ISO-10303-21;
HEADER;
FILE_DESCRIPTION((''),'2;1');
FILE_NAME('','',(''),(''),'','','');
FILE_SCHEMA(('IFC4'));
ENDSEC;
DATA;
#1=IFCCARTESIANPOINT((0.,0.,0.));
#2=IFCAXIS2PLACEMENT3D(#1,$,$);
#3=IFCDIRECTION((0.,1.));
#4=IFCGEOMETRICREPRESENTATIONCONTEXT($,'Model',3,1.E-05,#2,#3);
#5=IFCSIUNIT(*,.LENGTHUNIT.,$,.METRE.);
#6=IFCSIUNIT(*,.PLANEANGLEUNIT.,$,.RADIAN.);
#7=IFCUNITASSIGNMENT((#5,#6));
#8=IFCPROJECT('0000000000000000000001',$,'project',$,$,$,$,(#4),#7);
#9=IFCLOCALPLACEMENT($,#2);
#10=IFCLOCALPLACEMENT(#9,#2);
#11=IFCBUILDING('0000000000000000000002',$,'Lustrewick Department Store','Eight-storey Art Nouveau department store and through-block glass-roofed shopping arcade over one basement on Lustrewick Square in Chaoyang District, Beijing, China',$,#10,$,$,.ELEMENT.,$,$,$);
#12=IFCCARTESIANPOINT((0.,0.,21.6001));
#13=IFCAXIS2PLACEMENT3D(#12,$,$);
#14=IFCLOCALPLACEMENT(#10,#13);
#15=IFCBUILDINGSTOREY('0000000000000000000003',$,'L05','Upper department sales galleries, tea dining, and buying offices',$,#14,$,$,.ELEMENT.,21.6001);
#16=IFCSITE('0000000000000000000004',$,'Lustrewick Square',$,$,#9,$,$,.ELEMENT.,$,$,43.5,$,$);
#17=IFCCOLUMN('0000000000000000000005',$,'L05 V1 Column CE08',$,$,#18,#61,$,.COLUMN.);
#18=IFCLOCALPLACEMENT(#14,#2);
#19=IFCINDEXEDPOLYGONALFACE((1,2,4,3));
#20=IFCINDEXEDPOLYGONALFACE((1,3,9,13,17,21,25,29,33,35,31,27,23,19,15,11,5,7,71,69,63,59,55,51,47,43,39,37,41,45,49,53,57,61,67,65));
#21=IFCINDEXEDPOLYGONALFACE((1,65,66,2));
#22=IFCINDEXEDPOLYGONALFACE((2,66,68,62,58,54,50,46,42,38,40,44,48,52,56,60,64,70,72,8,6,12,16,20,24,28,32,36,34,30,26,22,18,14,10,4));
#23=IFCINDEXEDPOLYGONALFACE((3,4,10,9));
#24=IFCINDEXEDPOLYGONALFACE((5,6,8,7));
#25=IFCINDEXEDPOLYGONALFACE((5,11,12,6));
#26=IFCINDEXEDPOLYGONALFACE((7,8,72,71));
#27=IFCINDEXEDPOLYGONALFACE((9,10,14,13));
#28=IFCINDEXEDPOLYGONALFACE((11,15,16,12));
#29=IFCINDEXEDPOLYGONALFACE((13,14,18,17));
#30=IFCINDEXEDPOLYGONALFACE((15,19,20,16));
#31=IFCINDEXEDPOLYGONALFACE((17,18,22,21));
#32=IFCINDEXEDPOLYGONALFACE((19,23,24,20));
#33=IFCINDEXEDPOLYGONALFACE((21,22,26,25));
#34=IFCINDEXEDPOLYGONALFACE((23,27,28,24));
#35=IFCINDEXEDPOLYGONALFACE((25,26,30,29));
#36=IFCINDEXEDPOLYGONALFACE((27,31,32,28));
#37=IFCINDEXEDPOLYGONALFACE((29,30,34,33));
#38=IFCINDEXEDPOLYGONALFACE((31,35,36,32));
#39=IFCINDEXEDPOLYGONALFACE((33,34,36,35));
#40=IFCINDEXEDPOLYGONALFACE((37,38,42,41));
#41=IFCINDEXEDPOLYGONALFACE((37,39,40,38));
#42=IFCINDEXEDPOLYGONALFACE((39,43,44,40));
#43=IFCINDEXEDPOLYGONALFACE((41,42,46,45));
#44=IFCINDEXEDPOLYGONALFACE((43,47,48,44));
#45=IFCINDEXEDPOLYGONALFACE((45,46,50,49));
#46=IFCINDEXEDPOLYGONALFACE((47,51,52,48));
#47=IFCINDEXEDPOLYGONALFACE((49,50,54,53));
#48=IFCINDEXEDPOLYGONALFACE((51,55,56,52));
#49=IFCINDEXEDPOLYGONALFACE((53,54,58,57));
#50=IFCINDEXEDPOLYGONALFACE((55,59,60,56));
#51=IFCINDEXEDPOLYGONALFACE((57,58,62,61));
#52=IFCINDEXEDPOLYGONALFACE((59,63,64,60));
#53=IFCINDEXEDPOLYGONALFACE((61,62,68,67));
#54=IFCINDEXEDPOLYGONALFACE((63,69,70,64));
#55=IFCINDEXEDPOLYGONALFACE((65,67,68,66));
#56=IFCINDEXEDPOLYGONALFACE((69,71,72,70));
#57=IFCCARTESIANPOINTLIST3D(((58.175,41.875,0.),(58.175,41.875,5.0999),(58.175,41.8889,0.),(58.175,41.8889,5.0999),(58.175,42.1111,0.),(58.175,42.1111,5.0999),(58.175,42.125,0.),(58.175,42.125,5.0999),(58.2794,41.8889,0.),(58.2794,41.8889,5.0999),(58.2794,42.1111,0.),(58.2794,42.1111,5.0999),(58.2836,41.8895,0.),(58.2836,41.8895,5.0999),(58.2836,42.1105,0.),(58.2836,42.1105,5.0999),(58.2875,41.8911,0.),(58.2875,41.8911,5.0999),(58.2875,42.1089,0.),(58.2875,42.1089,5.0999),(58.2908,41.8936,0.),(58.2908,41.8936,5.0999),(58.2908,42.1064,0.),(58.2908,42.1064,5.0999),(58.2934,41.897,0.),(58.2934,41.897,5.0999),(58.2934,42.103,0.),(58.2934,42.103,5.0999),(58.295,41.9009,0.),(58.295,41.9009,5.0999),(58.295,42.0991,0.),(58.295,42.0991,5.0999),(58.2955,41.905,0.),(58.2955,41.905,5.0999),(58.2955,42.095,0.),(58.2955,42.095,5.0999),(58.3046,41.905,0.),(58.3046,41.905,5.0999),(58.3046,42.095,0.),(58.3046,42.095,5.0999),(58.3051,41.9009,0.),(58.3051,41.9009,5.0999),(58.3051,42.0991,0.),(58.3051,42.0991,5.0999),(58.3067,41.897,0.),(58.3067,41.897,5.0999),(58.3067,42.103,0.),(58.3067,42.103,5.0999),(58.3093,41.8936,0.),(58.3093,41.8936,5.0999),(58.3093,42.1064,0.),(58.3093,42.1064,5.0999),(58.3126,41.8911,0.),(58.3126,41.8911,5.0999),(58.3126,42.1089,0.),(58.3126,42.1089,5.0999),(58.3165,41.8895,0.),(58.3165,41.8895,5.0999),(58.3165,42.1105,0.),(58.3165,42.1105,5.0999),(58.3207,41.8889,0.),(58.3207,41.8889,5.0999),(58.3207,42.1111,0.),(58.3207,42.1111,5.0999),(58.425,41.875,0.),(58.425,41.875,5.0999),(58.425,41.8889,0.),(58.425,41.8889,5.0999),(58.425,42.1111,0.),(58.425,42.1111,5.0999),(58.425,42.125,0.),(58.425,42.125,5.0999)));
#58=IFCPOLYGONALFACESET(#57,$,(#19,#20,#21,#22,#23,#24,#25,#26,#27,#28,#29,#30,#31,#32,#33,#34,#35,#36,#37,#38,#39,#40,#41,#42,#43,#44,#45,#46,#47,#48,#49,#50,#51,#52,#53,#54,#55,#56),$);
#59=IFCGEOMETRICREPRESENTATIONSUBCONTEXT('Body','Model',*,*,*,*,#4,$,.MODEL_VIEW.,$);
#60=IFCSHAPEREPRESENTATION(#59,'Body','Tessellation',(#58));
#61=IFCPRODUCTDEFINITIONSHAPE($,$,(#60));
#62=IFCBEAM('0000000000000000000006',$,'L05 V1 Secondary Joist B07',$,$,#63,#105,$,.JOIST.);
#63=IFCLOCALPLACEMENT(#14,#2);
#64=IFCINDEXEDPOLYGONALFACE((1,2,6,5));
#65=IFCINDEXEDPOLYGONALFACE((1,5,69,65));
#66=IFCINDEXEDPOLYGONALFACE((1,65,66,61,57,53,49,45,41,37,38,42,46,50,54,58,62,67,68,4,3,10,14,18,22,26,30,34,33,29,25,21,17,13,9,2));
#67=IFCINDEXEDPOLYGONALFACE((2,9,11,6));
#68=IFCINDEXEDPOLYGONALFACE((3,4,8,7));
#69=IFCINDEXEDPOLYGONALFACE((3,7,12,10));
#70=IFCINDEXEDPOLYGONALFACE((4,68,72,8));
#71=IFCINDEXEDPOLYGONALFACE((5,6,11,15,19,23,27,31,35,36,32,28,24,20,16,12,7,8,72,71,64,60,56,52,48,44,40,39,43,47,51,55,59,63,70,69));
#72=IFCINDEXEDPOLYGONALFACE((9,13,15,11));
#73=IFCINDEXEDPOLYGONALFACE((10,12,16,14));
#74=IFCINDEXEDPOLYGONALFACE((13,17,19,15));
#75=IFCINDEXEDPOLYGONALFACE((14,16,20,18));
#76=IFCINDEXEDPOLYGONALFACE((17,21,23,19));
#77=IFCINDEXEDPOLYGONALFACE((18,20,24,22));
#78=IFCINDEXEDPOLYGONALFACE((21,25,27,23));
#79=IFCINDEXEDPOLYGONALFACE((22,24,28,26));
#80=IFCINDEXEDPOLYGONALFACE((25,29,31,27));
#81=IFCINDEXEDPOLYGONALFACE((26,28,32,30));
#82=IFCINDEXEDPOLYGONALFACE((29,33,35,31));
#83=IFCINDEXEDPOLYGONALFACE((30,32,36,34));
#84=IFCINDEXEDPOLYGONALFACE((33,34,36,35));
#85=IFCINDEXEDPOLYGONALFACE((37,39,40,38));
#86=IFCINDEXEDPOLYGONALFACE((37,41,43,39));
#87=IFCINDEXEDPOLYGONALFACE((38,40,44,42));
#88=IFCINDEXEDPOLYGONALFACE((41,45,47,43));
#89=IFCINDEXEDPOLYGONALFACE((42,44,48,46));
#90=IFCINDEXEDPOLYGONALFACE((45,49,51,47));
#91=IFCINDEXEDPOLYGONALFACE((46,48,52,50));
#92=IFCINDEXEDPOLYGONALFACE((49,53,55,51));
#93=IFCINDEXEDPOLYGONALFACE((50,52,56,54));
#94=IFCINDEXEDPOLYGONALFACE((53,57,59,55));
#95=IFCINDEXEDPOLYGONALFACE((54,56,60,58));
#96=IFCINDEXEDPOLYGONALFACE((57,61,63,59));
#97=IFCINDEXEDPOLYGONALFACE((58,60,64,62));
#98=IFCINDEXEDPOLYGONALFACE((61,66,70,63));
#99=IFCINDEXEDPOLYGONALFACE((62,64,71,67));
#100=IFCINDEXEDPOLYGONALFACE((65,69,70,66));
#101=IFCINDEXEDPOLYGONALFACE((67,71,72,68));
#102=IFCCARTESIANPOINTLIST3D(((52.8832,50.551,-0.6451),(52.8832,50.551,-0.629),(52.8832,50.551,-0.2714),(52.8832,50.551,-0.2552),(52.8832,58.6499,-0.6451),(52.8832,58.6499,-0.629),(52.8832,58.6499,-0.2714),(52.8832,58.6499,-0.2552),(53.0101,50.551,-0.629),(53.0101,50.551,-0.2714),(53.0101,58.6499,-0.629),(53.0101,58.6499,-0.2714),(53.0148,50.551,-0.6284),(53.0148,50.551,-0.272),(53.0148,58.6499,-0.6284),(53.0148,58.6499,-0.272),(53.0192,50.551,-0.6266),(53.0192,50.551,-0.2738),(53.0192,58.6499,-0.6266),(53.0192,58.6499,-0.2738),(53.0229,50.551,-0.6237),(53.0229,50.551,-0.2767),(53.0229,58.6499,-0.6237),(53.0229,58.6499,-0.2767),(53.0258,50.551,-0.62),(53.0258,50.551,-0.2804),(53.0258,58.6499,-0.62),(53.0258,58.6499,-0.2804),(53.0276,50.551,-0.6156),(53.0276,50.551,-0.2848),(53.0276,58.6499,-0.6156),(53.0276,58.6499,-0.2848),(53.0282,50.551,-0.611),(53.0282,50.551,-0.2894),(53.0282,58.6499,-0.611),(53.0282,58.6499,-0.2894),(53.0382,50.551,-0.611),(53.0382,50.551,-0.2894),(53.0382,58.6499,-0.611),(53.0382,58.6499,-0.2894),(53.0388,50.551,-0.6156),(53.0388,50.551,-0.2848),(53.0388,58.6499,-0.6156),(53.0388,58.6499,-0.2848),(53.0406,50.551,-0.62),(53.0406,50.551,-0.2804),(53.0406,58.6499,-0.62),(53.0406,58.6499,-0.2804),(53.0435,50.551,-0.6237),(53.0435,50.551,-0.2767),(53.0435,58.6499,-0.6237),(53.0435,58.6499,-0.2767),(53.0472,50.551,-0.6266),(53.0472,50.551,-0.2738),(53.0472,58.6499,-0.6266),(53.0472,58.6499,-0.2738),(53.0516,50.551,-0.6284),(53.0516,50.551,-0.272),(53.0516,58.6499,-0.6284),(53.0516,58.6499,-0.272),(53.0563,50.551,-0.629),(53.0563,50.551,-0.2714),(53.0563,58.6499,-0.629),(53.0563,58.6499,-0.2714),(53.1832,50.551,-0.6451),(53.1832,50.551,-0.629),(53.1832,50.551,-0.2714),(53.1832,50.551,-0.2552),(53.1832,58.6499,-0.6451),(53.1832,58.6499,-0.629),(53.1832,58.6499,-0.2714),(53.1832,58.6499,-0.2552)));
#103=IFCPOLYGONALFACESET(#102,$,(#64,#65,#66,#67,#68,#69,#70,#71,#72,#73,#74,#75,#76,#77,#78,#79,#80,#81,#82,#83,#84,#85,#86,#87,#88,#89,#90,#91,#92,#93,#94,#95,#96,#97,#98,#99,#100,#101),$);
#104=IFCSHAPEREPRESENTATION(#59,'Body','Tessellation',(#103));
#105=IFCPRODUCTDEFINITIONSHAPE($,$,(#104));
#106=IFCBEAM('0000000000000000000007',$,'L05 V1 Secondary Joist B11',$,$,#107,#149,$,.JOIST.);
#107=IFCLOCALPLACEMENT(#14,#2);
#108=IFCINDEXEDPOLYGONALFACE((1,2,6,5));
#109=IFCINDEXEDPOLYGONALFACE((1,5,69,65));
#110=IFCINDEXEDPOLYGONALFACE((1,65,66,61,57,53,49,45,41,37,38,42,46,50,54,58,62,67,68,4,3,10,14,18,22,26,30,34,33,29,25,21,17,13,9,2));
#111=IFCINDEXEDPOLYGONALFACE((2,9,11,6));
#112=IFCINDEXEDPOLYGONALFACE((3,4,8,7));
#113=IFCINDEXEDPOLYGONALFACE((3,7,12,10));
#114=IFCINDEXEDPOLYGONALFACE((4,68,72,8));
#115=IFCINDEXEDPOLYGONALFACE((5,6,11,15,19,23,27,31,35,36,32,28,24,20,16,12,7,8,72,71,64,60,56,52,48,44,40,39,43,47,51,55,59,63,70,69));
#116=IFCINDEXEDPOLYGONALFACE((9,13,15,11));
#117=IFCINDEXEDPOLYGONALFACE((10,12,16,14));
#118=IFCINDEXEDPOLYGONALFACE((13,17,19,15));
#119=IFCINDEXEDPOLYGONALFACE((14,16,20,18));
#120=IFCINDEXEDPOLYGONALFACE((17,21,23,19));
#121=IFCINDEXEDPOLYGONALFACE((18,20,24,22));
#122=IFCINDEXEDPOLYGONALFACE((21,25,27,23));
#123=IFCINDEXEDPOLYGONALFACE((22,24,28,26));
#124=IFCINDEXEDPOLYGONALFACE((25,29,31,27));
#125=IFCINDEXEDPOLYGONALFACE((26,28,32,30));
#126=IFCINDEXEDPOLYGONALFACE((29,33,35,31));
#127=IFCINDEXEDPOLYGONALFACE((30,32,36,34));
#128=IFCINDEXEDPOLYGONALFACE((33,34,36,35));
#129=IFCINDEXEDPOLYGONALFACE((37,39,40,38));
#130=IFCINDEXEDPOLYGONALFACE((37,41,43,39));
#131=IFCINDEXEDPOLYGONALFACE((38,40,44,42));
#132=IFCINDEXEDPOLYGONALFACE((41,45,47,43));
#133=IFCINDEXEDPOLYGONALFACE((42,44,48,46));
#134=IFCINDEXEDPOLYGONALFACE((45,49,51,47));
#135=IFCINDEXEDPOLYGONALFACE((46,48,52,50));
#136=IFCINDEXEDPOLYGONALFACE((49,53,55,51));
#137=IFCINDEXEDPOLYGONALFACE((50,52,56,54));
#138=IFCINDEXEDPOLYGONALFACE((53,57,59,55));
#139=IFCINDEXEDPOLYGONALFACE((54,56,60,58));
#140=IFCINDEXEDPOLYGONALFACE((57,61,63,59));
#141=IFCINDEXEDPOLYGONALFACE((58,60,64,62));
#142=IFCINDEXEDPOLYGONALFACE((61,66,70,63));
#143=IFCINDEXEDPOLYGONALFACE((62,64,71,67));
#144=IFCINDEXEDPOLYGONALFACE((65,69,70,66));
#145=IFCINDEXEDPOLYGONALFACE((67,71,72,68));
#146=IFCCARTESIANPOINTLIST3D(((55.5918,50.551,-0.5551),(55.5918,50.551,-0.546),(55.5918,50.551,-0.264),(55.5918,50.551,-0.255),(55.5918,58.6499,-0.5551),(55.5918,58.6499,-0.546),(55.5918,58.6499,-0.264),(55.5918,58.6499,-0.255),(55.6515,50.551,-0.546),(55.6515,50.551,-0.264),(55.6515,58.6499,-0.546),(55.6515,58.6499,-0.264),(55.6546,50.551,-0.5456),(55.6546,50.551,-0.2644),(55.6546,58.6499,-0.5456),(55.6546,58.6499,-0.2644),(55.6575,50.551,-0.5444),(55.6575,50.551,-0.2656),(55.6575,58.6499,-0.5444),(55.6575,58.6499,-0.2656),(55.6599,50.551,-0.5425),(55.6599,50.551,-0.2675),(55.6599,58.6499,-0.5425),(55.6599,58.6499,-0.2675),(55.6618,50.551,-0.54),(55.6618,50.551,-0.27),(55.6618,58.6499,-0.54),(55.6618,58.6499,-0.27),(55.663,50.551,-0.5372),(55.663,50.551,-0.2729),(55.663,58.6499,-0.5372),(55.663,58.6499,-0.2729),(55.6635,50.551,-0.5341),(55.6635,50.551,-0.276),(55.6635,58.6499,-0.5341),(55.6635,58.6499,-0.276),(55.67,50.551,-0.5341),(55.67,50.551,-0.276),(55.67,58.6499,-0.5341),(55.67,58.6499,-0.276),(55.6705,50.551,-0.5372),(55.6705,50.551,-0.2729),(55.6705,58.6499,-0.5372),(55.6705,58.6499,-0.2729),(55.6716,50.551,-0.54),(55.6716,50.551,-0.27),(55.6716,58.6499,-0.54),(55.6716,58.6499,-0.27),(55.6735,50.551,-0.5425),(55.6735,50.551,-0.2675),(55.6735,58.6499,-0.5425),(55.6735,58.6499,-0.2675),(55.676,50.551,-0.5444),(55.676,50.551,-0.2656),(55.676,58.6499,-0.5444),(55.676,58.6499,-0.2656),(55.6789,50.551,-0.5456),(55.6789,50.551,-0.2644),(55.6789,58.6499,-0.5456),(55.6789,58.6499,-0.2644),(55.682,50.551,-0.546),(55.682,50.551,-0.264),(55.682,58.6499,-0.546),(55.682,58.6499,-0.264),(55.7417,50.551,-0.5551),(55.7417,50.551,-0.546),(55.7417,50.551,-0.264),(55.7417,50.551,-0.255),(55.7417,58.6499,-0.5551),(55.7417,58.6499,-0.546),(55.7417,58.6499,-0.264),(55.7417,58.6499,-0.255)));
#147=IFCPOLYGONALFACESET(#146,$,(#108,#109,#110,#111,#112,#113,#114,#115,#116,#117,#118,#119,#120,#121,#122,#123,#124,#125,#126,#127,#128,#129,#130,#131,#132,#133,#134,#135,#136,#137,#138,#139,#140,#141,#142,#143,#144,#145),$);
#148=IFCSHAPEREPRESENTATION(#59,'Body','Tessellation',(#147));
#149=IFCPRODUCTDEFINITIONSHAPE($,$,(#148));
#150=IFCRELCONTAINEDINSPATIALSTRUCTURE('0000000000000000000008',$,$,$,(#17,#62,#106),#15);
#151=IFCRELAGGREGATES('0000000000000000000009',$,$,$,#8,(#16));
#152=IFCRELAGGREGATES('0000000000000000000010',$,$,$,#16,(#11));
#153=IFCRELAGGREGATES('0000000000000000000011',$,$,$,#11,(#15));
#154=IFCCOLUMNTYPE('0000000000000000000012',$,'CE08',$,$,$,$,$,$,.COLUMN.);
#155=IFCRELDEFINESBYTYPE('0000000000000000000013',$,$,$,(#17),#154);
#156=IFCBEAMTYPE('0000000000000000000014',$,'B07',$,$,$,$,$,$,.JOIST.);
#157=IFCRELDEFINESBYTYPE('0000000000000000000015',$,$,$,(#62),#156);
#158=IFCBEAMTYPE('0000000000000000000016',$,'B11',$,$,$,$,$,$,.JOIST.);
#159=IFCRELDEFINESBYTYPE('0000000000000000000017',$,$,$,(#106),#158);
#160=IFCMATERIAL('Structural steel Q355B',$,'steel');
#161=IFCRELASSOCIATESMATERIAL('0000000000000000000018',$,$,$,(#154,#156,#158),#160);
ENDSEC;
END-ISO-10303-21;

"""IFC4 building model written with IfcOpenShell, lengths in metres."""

from ifc_helpers import new_model, si_unit, direction, frame, origin, origin_2d, place, context, subcontext, project, spatial, i_section, extrude, material, material_profile, profile_set, type_object, element, save


model = new_model("IFC4")

# Units and contexts
model_context = context("Model", 3, precision=1e-05, world=origin(), true_north=direction((0.0, 1.0)))
body_context = subcontext(model_context, "Body", "Model", "MODEL_VIEW")
ifc_project = project(units=[si_unit("LENGTHUNIT", "METRE"), si_unit("PLANEANGLEUNIT", "RADIAN")], contexts=[model_context])

# Site, building, storey
site_placement = place(None, origin())
site = spatial("IfcSite", under=ifc_project, at=site_placement, Name="Lustrewick Square", CompositionType="ELEMENT", RefElevation=43.5)
building_placement = place(site_placement, origin())
building = spatial("IfcBuilding", under=site, at=building_placement, Name="Lustrewick Department Store", Description="Eight-storey Art Nouveau department store and through-block glass-roofed shopping arcade over one basement on Lustrewick Square in Chaoyang District, Beijing, China", CompositionType="ELEMENT")
storey_placement = place(building_placement, frame((0.0, 0.0, 21.6001)))
storey = spatial("IfcBuildingStorey", under=building, at=storey_placement, Name="L05", Description="Upper department sales galleries, tea dining, and buying offices", CompositionType="ELEMENT", Elevation=21.6001)

# Column
ifc_material_1 = material(Name="Structural steel Q355B", Category="steel")
ifc_material_profile_1 = material_profile(ifc_material_1, i_section(OverallWidth=0.25, OverallDepth=0.25, WebThickness=0.009, FlangeThickness=0.0139, FilletRadius=0.0161, at=origin_2d()), Name="HW 250x250x9x14")
ifc_profile_set_1 = profile_set([ifc_material_profile_1], Name="Structural steel Q355B")
column_type_1 = type_object("IfcColumnType", Name="CE08", PredefinedType="COLUMN", material=ifc_profile_set_1)
column_placement = place(storey_placement, frame((58.3, 42.0, 0.0), z_axis=(0.0, 0.0, 1.0), x_axis=(1.0, 0.0, 0.0)))
element("IfcColumn", 1, at=column_placement, inside=storey, type_object=column_type_1, Name="L05 V1 Column CE08", PredefinedType="COLUMN", context=body_context, shape_type="SweptSolid", body=[
    extrude(i_section(OverallWidth=0.25, OverallDepth=0.25, WebThickness=0.009, FlangeThickness=0.0139, FilletRadius=0.0161, at=origin_2d()), origin(), (0.0, 0.0, 1.0), 5.0999),
])

# Beams
ifc_material_profile_2 = material_profile(ifc_material_1, i_section(OverallWidth=0.3, OverallDepth=0.3899, WebThickness=0.01, FlangeThickness=0.0161, FilletRadius=0.0181, at=origin_2d()), Name="HM 390x300x10x16")
ifc_profile_set_2 = profile_set([ifc_material_profile_2], Name="Structural steel Q355B")
beam_type_1 = type_object("IfcBeamType", Name="B07", PredefinedType="JOIST", material=ifc_profile_set_2)
beam_1_placement = place(storey_placement, frame((53.0332, 50.551, -0.4502), z_axis=(0.0, 1.0, 0.0), x_axis=(-1.0, 0.0, 0.0)))
element("IfcBeam", 2, at=beam_1_placement, inside=storey, type_object=beam_type_1, Name="L05 V1 Secondary Joist B07", PredefinedType="JOIST", context=body_context, shape_type="SweptSolid", body=[
    extrude(i_section(OverallWidth=0.3, OverallDepth=0.3899, WebThickness=0.01, FlangeThickness=0.0161, FilletRadius=0.0181, at=origin_2d()), origin(), (0.0, 0.0, 1.0), 8.0989),
])
ifc_material_profile_3 = material_profile(ifc_material_1, i_section(OverallWidth=0.1499, OverallDepth=0.3, WebThickness=0.0066, FlangeThickness=0.009, FilletRadius=0.012, at=origin_2d()), Name="HN 300x150x6.5x9")
ifc_profile_set_3 = profile_set([ifc_material_profile_3], Name="Structural steel Q355B")
beam_type_2 = type_object("IfcBeamType", Name="B11", PredefinedType="JOIST", material=ifc_profile_set_3)
beam_2_placement = place(storey_placement, frame((55.6667, 50.551, -0.405), z_axis=(0.0, 1.0, 0.0), x_axis=(-1.0, 0.0, 0.0)))
element("IfcBeam", 3, at=beam_2_placement, inside=storey, type_object=beam_type_2, Name="L05 V1 Secondary Joist B11", PredefinedType="JOIST", context=body_context, shape_type="SweptSolid", body=[
    extrude(i_section(OverallWidth=0.1499, OverallDepth=0.3, WebThickness=0.0066, FlangeThickness=0.009, FilletRadius=0.012, at=origin_2d()), origin(), (0.0, 0.0, 1.0), 8.0989),
])

save(model, "model.ifc")
